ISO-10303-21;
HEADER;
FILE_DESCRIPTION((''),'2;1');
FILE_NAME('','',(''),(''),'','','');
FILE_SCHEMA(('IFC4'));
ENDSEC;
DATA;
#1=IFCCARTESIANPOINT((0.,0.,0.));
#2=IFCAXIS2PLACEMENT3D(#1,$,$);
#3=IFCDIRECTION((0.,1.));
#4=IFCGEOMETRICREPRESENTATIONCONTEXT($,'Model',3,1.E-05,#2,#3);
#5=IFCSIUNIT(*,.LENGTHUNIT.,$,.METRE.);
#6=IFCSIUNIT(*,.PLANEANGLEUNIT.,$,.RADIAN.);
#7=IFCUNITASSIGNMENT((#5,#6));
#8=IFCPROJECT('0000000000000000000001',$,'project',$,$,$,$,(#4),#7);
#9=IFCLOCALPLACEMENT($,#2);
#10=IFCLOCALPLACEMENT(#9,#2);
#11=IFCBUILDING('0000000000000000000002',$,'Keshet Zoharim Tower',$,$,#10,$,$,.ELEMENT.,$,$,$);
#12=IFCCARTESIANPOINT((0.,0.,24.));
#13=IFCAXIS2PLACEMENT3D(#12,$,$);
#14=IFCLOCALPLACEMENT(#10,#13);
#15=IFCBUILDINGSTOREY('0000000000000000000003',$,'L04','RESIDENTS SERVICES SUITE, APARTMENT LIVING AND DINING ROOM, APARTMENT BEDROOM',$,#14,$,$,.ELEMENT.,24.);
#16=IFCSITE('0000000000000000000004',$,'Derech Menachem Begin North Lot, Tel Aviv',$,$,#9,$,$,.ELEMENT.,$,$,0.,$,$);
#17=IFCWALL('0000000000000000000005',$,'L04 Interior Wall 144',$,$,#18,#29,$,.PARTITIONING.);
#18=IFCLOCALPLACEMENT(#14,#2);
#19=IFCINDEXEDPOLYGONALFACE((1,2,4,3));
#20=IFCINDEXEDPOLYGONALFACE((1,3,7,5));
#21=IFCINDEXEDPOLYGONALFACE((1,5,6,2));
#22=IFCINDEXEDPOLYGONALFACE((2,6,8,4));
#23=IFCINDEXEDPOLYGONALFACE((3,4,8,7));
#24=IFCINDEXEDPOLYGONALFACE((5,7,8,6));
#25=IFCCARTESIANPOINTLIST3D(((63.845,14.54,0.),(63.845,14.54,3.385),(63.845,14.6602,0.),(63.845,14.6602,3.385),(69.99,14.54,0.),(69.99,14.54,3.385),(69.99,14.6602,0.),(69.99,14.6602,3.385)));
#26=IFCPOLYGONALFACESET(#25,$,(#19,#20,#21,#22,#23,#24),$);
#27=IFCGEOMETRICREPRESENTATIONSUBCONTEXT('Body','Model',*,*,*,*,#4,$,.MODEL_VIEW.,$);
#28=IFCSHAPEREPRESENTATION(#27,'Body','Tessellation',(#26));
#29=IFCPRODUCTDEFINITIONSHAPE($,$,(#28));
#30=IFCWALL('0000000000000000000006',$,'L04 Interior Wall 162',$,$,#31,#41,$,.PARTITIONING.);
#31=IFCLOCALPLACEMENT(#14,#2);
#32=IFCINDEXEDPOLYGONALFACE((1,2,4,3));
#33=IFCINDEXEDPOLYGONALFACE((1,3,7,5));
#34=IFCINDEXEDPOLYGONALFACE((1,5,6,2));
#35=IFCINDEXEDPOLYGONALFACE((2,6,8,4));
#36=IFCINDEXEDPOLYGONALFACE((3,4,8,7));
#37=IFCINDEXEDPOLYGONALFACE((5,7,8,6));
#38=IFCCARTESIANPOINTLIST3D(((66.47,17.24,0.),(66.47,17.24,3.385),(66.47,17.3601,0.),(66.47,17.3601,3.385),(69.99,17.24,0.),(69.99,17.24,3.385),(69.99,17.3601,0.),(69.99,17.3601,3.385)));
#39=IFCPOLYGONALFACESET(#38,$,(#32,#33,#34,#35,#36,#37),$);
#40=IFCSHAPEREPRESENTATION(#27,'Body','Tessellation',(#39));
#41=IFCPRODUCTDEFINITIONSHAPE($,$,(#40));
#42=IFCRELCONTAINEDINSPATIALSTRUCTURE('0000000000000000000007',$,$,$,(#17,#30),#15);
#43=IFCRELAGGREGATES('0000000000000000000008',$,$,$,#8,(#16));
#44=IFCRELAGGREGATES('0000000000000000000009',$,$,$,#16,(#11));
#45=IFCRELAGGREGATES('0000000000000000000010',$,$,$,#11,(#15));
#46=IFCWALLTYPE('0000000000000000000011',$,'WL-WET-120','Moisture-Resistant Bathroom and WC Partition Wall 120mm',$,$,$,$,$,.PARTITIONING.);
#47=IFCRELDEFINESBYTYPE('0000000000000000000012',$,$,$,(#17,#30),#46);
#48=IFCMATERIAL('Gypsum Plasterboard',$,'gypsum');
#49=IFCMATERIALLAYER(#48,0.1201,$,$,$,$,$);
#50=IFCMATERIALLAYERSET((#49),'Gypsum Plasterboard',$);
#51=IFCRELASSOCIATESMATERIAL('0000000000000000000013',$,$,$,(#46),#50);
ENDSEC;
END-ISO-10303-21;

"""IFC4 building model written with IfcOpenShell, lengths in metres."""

from ifc_helpers import new_model, si_unit, direction, frame, frame_2d, origin, place, context, subcontext, project, spatial, rectangle, extrude, material, layer, layer_set, type_object, element, save


model = new_model("IFC4")

# Units and contexts
model_context = context("Model", 3, precision=1e-05, world=origin(), true_north=direction((0.0, 1.0)))
body_context = subcontext(model_context, "Body", "Model", "MODEL_VIEW")
ifc_project = project(units=[si_unit("LENGTHUNIT", "METRE"), si_unit("PLANEANGLEUNIT", "RADIAN")], contexts=[model_context])

# Site, building, storey
site_placement = place(None, origin())
site = spatial("IfcSite", under=ifc_project, at=site_placement, Name="Derech Menachem Begin North Lot, Tel Aviv", CompositionType="ELEMENT", RefElevation=0.0)
building_placement = place(site_placement, origin())
building = spatial("IfcBuilding", under=site, at=building_placement, Name="Keshet Zoharim Tower", CompositionType="ELEMENT")
storey_placement = place(building_placement, frame((0.0, 0.0, 24.0)))
storey = spatial("IfcBuildingStorey", under=building, at=storey_placement, Name="L04", Description="RESIDENTS SERVICES SUITE, APARTMENT LIVING AND DINING ROOM, APARTMENT BEDROOM", CompositionType="ELEMENT", Elevation=24.0)

# Shared definitions
ifc_material_1 = material(Name="Gypsum Plasterboard", Category="gypsum")

# Shared definitions
ifc_layer_1 = layer(ifc_material_1, 0.1201)
ifc_layer_set_1 = layer_set([ifc_layer_1], Name="Gypsum Plasterboard")
wall_type_1 = type_object("IfcWallType", Name="WL-WET-120", Description="Moisture-Resistant Bathroom and WC Partition Wall 120mm", PredefinedType="PARTITIONING", material=ifc_layer_set_1)

# Walls
wall_1_placement = place(storey_placement, frame((63.845, 14.6001, 0.0), z_axis=(0.0, 0.0, 1.0), x_axis=(1.0, 0.0, 0.0)))
element("IfcWall", 1, at=wall_1_placement, inside=storey, type_object=wall_type_1, Name="L04 Interior Wall 144", PredefinedType="PARTITIONING", context=body_context, shape_type="SweptSolid", body=[
    extrude(rectangle(XDim=6.145, YDim=0.1201, at=frame_2d((3.0725, 0.0))), origin(), (0.0, 0.0, 1.0), 3.385),
])
wall_2_placement = place(storey_placement, frame((66.47, 17.3, 0.0), z_axis=(0.0, 0.0, 1.0), x_axis=(1.0, 0.0, 0.0)))
element("IfcWall", 2, at=wall_2_placement, inside=storey, type_object=wall_type_1, Name="L04 Interior Wall 162", PredefinedType="PARTITIONING", context=body_context, shape_type="SweptSolid", body=[
    extrude(rectangle(XDim=3.52, YDim=0.1201, at=frame_2d((1.76, 0.0))), origin(), (0.0, 0.0, 1.0), 3.385),
])

save(model, "model.ifc")
